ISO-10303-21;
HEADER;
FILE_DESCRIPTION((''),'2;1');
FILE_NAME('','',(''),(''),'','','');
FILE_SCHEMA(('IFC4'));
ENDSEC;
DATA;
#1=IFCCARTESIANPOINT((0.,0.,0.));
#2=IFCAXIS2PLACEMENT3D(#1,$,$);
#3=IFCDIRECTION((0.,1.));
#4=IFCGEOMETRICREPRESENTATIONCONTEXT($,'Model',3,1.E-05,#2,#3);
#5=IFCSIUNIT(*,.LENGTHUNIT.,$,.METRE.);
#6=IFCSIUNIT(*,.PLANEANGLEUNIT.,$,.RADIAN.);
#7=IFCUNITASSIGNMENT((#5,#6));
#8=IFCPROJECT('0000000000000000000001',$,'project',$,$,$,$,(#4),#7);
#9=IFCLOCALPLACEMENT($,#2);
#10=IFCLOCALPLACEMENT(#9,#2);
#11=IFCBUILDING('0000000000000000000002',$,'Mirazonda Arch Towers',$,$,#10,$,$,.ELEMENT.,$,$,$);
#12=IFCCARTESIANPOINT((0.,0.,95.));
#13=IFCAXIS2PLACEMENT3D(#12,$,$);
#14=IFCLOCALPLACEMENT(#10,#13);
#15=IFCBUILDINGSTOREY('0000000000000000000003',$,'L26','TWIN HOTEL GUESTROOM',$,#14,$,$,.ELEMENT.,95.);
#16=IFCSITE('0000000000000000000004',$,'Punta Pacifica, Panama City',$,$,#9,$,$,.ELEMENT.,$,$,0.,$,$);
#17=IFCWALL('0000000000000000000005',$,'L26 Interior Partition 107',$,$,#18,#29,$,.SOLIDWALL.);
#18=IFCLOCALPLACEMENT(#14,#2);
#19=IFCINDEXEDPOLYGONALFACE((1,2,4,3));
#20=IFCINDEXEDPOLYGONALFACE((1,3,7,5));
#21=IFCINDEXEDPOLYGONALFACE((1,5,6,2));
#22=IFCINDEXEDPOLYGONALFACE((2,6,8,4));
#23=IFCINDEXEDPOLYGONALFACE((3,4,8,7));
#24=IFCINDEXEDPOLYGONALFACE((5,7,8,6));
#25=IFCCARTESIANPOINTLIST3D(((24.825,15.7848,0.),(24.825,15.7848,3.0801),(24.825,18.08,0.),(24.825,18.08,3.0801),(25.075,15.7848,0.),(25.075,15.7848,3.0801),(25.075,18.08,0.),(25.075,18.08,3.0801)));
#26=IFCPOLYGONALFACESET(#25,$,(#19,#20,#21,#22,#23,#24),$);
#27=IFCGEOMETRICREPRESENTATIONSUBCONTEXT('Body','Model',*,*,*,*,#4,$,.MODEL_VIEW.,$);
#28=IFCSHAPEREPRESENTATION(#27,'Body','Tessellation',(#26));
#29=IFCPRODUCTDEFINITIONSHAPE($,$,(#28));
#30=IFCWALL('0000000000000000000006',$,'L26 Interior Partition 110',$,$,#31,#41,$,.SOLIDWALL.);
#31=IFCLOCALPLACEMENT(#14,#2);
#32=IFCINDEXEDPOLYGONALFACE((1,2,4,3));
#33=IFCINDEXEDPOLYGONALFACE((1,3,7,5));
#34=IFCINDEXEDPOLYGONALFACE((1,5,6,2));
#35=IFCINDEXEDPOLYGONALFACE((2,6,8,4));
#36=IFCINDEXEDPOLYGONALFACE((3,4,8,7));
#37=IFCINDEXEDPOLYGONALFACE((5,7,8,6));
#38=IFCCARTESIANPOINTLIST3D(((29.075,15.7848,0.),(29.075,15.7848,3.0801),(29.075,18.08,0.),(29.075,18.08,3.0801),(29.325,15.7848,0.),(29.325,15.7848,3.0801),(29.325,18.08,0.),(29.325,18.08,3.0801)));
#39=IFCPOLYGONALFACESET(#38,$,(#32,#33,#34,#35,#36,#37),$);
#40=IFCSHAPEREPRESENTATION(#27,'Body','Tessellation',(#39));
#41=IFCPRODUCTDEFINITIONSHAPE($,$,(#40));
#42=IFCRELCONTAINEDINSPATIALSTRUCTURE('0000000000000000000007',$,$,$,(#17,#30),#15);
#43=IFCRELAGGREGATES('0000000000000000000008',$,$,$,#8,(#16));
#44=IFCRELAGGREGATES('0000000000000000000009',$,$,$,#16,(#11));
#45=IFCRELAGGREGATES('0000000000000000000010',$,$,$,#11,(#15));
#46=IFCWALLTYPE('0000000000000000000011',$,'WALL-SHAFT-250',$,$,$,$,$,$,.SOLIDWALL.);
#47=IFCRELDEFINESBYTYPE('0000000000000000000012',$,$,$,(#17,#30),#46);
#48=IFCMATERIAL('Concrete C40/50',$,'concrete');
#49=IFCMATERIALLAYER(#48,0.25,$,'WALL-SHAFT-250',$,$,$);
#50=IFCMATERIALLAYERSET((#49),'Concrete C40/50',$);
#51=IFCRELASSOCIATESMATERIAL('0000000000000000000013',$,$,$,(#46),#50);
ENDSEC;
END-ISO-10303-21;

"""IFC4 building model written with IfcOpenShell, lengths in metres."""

from ifc_helpers import new_model, si_unit, direction, frame, frame_2d, origin, place, context, subcontext, project, spatial, rectangle, extrude, material, layer, layer_set, type_object, element, save


model = new_model("IFC4")

# Units and contexts
model_context = context("Model", 3, precision=1e-05, world=origin(), true_north=direction((0.0, 1.0)))
body_context = subcontext(model_context, "Body", "Model", "MODEL_VIEW")
ifc_project = project(units=[si_unit("LENGTHUNIT", "METRE"), si_unit("PLANEANGLEUNIT", "RADIAN")], contexts=[model_context])

# Site, building, storey
site_placement = place(None, origin())
site = spatial("IfcSite", under=ifc_project, at=site_placement, Name="Punta Pacifica, Panama City", CompositionType="ELEMENT", RefElevation=0.0)
building_placement = place(site_placement, origin())
building = spatial("IfcBuilding", under=site, at=building_placement, Name="Mirazonda Arch Towers", CompositionType="ELEMENT")
storey_placement = place(building_placement, frame((0.0, 0.0, 95.0)))
storey = spatial("IfcBuildingStorey", under=building, at=storey_placement, Name="L26", Description="TWIN HOTEL GUESTROOM", CompositionType="ELEMENT", Elevation=95.0)

# Walls
ifc_material_1 = material(Name="Concrete C40/50", Category="concrete")
ifc_layer_1 = layer(ifc_material_1, 0.25, Name="WALL-SHAFT-250")
ifc_layer_set_1 = layer_set([ifc_layer_1], Name="Concrete C40/50")
wall_type_1 = type_object("IfcWallType", Name="WALL-SHAFT-250", PredefinedType="SOLIDWALL", material=ifc_layer_set_1)
for number, where, z_axis, x_axis, name in (
    (1, (24.95, 15.7849, 0.0), (0.0, 0.0, 1.0), (0.0, 1.0, 0.0), "L26 Interior Partition 107"),
    (2, (29.2, 15.7849, 0.0), (0.0, 0.0, 1.0), (0.0, 1.0, 0.0), "L26 Interior Partition 110"),
):
    element("IfcWall", number, at=place(storey_placement, frame(where, z_axis=z_axis, x_axis=x_axis)), inside=storey, type_object=wall_type_1, Name=name, PredefinedType="SOLIDWALL", context=body_context, shape_type="SweptSolid", body=[
        extrude(rectangle(XDim=2.2952, YDim=0.25, at=frame_2d((1.1475, 0.0))), origin(), (0.0, 0.0, 1.0), 3.0801),
    ])

save(model, "model.ifc")
